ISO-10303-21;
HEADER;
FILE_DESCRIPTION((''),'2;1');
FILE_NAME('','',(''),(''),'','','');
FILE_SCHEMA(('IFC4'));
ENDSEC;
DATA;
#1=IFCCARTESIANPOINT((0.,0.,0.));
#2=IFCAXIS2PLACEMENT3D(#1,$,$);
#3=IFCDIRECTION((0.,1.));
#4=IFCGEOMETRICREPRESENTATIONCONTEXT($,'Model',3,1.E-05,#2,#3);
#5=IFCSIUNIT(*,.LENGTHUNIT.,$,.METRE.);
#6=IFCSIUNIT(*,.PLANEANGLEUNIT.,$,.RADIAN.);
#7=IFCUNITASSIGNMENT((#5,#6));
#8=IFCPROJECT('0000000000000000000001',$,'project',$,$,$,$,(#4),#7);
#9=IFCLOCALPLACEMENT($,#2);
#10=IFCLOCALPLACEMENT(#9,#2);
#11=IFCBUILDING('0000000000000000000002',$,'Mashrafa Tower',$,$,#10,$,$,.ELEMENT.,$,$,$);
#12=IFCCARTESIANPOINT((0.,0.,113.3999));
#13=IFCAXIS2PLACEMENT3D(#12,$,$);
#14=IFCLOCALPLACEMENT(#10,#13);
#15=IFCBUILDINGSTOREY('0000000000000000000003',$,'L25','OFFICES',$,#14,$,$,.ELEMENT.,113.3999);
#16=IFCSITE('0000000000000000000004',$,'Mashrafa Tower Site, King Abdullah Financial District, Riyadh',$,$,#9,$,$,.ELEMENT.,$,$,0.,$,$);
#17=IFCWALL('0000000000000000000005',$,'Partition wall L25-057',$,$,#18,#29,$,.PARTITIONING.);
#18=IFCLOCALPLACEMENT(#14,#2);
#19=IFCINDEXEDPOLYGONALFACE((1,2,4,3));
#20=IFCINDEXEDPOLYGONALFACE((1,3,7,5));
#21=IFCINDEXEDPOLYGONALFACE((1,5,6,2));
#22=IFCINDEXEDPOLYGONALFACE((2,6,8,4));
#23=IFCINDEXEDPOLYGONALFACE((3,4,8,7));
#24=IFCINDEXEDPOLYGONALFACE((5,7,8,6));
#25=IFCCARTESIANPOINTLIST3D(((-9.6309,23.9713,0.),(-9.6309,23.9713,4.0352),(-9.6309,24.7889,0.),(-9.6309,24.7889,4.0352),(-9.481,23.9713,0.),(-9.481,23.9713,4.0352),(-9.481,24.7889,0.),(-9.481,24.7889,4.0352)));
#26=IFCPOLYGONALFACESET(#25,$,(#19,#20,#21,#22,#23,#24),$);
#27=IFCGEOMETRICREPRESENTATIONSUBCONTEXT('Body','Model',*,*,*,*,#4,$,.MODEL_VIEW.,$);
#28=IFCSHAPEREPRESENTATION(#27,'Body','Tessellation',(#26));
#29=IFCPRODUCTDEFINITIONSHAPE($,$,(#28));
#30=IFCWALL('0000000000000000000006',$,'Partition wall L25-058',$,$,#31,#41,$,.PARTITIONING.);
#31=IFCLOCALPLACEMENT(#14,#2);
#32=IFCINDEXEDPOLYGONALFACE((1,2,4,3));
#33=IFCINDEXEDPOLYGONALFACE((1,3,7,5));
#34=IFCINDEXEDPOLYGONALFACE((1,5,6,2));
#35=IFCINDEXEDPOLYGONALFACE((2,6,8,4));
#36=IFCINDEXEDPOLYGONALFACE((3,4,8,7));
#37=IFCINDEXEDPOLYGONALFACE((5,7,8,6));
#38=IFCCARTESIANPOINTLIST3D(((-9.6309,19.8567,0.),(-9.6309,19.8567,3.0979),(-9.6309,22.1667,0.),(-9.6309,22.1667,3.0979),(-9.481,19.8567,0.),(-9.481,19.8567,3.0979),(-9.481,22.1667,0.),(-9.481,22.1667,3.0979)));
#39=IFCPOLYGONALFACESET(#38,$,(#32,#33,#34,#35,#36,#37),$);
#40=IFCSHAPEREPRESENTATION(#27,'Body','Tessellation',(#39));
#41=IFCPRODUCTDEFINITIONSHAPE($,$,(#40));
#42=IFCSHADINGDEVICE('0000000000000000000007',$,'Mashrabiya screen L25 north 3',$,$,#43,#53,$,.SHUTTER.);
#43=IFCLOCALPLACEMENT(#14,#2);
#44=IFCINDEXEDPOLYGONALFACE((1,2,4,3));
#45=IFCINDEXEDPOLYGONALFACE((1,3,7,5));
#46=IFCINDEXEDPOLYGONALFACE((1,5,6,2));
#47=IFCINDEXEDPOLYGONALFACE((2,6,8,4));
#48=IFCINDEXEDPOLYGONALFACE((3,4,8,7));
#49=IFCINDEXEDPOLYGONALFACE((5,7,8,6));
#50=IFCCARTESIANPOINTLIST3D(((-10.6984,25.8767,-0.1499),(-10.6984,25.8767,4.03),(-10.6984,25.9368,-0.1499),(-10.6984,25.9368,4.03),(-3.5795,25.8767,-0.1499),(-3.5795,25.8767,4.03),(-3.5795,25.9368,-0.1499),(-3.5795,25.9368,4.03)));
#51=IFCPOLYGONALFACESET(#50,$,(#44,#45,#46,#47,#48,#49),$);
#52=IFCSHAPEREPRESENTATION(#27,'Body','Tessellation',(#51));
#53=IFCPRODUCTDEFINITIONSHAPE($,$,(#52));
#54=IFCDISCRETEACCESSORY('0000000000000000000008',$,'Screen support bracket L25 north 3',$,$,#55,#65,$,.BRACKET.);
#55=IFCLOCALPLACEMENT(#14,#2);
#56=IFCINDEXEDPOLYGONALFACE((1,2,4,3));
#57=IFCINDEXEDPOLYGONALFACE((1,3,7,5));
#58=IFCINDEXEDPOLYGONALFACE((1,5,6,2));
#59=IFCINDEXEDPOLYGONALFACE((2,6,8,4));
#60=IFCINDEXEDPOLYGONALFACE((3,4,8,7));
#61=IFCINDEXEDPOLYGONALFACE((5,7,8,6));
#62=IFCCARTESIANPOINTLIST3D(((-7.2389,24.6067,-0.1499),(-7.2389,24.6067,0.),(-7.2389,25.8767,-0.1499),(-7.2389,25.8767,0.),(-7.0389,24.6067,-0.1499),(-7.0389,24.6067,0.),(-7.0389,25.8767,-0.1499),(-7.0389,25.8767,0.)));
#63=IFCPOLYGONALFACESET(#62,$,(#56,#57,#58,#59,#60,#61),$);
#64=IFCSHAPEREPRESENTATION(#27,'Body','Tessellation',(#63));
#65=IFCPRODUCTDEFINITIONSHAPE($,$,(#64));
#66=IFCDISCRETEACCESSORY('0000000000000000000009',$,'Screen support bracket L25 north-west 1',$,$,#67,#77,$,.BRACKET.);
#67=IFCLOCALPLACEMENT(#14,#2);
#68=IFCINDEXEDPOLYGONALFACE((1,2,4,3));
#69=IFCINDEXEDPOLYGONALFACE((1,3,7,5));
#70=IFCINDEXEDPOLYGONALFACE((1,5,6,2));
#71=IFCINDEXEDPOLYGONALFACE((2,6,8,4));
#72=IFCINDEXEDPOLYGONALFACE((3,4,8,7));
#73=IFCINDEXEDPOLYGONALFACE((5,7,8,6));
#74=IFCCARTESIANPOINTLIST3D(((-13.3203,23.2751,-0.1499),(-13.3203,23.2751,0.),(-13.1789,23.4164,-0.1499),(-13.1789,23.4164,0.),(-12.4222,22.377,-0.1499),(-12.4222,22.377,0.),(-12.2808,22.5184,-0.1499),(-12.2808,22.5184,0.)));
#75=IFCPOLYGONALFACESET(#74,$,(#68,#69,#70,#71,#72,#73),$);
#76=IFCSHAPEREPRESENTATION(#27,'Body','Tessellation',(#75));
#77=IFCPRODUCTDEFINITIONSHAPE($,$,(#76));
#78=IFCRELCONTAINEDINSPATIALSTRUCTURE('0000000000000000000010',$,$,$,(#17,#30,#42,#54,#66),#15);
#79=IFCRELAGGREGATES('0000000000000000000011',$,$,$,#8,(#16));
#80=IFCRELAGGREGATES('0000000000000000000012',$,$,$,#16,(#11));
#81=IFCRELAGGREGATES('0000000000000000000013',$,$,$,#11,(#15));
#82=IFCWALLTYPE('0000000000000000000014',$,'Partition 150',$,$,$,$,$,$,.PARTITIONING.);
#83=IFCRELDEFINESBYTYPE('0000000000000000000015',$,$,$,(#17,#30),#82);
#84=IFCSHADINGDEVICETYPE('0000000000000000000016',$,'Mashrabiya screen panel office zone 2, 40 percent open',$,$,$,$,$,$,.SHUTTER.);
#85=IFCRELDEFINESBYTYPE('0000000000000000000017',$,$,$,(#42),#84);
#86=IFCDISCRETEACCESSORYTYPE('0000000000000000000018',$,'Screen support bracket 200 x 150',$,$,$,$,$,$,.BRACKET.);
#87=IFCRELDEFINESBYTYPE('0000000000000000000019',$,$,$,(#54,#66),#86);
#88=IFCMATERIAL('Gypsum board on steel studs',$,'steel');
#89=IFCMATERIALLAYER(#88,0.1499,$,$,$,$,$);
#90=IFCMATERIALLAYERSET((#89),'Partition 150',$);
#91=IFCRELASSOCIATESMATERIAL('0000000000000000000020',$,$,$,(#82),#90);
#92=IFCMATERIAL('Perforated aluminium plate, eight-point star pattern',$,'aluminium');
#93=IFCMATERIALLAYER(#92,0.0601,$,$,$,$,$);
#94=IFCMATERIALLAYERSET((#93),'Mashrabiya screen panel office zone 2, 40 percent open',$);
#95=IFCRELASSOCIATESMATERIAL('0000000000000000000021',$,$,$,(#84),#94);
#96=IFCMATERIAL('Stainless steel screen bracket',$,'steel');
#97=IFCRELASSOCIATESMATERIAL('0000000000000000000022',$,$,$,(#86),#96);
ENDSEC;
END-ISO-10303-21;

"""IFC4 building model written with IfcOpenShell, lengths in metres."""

from ifc_helpers import new_model, si_unit, direction, frame, frame_2d, origin, origin_2d, place, context, subcontext, project, spatial, rectangle, extrude, source, transform, mapped, material, layer, layer_set, type_object, type_shapes, element, save


model = new_model("IFC4")

# Units and contexts
model_context = context("Model", 3, precision=1e-05, world=origin(), true_north=direction((0.0, 1.0)))
body_context = subcontext(model_context, "Body", "Model", "MODEL_VIEW")
ifc_project = project(units=[si_unit("LENGTHUNIT", "METRE"), si_unit("PLANEANGLEUNIT", "RADIAN")], contexts=[model_context])

# Site, building, storey
site_placement = place(None, origin())
site = spatial("IfcSite", under=ifc_project, at=site_placement, Name="Mashrafa Tower Site, King Abdullah Financial District, Riyadh", CompositionType="ELEMENT", RefElevation=0.0)
building_placement = place(site_placement, origin())
building = spatial("IfcBuilding", under=site, at=building_placement, Name="Mashrafa Tower", CompositionType="ELEMENT")
storey_placement = place(building_placement, frame((0.0, 0.0, 113.3999)))
storey = spatial("IfcBuildingStorey", under=building, at=storey_placement, Name="L25", Description="OFFICES", CompositionType="ELEMENT", Elevation=113.3999)

# Shared definitions
ifc_material_1 = material(Name="Gypsum board on steel studs", Category="steel")
ifc_layer_1 = layer(ifc_material_1, 0.1499)
ifc_layer_set_1 = layer_set([ifc_layer_1], Name="Partition 150")
wall_type_1 = type_object("IfcWallType", Name="Partition 150", PredefinedType="PARTITIONING", material=ifc_layer_set_1)

# Walls
wall_1_placement = place(storey_placement, frame((-9.5559, 24.7888, 0.0), z_axis=(0.0, 0.0, 1.0), x_axis=(0.0, -1.0, 0.0)))
element("IfcWall", 1, at=wall_1_placement, inside=storey, type_object=wall_type_1, Name="Partition wall L25-057", PredefinedType="PARTITIONING", context=body_context, shape_type="SweptSolid", body=[
    extrude(rectangle(XDim=0.8176, YDim=0.1499, at=frame_2d((0.4087, 0.0))), origin(), (0.0, 0.0, 1.0), 4.0352),
])
wall_2_placement = place(storey_placement, frame((-9.5559, 22.1667, 0.0), z_axis=(0.0, 0.0, 1.0), x_axis=(0.0, -1.0, 0.0)))
element("IfcWall", 2, at=wall_2_placement, inside=storey, type_object=wall_type_1, Name="Partition wall L25-058", PredefinedType="PARTITIONING", context=body_context, shape_type="SweptSolid", body=[
    extrude(rectangle(XDim=2.3101, YDim=0.1499, at=frame_2d((1.155, 0.0))), origin(), (0.0, 0.0, 1.0), 3.0979),
])

# Shading device
ifc_material_2 = material(Name="Perforated aluminium plate, eight-point star pattern", Category="aluminium")
ifc_layer_2 = layer(ifc_material_2, 0.0601)
ifc_layer_set_2 = layer_set([ifc_layer_2], Name="Mashrabiya screen panel office zone 2, 40 percent open")
shading_device_type = type_object("IfcShadingDeviceType", Name="Mashrabiya screen panel office zone 2, 40 percent open", PredefinedType="SHUTTER", material=ifc_layer_set_2)
shared_shape_1 = source(origin(), body_context, "Body", "SweptSolid", [
    extrude(rectangle(XDim=7.1189, YDim=0.0601, at=origin_2d()), origin(), (0.0, 0.0, 1.0), 4.1799),
])
type_shapes(shading_device_type, [shared_shape_1])
shading_device_placement = place(storey_placement, frame((-7.1389, 25.9067, -0.1499), z_axis=(0.0, 0.0, 1.0), x_axis=(-1.0, 0.0, 0.0)))
element("IfcShadingDevice", 3, at=shading_device_placement, inside=storey, type_object=shading_device_type, Name="Mashrabiya screen L25 north 3", PredefinedType="SHUTTER", context=body_context, shape_type="MappedRepresentation", body=[
    mapped(shared_shape_1, transform((0.0, 0.0, 0.0))),
])

# Discrete accessories
ifc_material_3 = material(Name="Stainless steel screen bracket", Category="steel")
discrete_accessory_type = type_object("IfcDiscreteAccessoryType", Name="Screen support bracket 200 x 150", PredefinedType="BRACKET", material=ifc_material_3)
shared_shape_2 = source(origin(), body_context, "Body", "SweptSolid", [
    extrude(rectangle(XDim=0.2, YDim=1.27, at=origin_2d()), origin(), (0.0, 0.0, 1.0), 0.1499),
])
type_shapes(discrete_accessory_type, [shared_shape_2])
for number, where, z_axis, x_axis, name in (
    (4, (-7.1389, 25.2417, -0.1499), (0.0, 0.0, 1.0), (-1.0, 0.0, 0.0), "Screen support bracket L25 north 3"),
    (5, (-12.8005, 22.8967, -0.1499), (0.0, 0.0, 1.0), (-0.707107, -0.707107, 0.0), "Screen support bracket L25 north-west 1"),
):
    element("IfcDiscreteAccessory", number, at=place(storey_placement, frame(where, z_axis=z_axis, x_axis=x_axis)), inside=storey, type_object=discrete_accessory_type, Name=name, PredefinedType="BRACKET", context=body_context, shape_type="MappedRepresentation", body=[
        mapped(shared_shape_2, transform((0.0, 0.0, 0.0))),
    ])

save(model, "model.ifc")
